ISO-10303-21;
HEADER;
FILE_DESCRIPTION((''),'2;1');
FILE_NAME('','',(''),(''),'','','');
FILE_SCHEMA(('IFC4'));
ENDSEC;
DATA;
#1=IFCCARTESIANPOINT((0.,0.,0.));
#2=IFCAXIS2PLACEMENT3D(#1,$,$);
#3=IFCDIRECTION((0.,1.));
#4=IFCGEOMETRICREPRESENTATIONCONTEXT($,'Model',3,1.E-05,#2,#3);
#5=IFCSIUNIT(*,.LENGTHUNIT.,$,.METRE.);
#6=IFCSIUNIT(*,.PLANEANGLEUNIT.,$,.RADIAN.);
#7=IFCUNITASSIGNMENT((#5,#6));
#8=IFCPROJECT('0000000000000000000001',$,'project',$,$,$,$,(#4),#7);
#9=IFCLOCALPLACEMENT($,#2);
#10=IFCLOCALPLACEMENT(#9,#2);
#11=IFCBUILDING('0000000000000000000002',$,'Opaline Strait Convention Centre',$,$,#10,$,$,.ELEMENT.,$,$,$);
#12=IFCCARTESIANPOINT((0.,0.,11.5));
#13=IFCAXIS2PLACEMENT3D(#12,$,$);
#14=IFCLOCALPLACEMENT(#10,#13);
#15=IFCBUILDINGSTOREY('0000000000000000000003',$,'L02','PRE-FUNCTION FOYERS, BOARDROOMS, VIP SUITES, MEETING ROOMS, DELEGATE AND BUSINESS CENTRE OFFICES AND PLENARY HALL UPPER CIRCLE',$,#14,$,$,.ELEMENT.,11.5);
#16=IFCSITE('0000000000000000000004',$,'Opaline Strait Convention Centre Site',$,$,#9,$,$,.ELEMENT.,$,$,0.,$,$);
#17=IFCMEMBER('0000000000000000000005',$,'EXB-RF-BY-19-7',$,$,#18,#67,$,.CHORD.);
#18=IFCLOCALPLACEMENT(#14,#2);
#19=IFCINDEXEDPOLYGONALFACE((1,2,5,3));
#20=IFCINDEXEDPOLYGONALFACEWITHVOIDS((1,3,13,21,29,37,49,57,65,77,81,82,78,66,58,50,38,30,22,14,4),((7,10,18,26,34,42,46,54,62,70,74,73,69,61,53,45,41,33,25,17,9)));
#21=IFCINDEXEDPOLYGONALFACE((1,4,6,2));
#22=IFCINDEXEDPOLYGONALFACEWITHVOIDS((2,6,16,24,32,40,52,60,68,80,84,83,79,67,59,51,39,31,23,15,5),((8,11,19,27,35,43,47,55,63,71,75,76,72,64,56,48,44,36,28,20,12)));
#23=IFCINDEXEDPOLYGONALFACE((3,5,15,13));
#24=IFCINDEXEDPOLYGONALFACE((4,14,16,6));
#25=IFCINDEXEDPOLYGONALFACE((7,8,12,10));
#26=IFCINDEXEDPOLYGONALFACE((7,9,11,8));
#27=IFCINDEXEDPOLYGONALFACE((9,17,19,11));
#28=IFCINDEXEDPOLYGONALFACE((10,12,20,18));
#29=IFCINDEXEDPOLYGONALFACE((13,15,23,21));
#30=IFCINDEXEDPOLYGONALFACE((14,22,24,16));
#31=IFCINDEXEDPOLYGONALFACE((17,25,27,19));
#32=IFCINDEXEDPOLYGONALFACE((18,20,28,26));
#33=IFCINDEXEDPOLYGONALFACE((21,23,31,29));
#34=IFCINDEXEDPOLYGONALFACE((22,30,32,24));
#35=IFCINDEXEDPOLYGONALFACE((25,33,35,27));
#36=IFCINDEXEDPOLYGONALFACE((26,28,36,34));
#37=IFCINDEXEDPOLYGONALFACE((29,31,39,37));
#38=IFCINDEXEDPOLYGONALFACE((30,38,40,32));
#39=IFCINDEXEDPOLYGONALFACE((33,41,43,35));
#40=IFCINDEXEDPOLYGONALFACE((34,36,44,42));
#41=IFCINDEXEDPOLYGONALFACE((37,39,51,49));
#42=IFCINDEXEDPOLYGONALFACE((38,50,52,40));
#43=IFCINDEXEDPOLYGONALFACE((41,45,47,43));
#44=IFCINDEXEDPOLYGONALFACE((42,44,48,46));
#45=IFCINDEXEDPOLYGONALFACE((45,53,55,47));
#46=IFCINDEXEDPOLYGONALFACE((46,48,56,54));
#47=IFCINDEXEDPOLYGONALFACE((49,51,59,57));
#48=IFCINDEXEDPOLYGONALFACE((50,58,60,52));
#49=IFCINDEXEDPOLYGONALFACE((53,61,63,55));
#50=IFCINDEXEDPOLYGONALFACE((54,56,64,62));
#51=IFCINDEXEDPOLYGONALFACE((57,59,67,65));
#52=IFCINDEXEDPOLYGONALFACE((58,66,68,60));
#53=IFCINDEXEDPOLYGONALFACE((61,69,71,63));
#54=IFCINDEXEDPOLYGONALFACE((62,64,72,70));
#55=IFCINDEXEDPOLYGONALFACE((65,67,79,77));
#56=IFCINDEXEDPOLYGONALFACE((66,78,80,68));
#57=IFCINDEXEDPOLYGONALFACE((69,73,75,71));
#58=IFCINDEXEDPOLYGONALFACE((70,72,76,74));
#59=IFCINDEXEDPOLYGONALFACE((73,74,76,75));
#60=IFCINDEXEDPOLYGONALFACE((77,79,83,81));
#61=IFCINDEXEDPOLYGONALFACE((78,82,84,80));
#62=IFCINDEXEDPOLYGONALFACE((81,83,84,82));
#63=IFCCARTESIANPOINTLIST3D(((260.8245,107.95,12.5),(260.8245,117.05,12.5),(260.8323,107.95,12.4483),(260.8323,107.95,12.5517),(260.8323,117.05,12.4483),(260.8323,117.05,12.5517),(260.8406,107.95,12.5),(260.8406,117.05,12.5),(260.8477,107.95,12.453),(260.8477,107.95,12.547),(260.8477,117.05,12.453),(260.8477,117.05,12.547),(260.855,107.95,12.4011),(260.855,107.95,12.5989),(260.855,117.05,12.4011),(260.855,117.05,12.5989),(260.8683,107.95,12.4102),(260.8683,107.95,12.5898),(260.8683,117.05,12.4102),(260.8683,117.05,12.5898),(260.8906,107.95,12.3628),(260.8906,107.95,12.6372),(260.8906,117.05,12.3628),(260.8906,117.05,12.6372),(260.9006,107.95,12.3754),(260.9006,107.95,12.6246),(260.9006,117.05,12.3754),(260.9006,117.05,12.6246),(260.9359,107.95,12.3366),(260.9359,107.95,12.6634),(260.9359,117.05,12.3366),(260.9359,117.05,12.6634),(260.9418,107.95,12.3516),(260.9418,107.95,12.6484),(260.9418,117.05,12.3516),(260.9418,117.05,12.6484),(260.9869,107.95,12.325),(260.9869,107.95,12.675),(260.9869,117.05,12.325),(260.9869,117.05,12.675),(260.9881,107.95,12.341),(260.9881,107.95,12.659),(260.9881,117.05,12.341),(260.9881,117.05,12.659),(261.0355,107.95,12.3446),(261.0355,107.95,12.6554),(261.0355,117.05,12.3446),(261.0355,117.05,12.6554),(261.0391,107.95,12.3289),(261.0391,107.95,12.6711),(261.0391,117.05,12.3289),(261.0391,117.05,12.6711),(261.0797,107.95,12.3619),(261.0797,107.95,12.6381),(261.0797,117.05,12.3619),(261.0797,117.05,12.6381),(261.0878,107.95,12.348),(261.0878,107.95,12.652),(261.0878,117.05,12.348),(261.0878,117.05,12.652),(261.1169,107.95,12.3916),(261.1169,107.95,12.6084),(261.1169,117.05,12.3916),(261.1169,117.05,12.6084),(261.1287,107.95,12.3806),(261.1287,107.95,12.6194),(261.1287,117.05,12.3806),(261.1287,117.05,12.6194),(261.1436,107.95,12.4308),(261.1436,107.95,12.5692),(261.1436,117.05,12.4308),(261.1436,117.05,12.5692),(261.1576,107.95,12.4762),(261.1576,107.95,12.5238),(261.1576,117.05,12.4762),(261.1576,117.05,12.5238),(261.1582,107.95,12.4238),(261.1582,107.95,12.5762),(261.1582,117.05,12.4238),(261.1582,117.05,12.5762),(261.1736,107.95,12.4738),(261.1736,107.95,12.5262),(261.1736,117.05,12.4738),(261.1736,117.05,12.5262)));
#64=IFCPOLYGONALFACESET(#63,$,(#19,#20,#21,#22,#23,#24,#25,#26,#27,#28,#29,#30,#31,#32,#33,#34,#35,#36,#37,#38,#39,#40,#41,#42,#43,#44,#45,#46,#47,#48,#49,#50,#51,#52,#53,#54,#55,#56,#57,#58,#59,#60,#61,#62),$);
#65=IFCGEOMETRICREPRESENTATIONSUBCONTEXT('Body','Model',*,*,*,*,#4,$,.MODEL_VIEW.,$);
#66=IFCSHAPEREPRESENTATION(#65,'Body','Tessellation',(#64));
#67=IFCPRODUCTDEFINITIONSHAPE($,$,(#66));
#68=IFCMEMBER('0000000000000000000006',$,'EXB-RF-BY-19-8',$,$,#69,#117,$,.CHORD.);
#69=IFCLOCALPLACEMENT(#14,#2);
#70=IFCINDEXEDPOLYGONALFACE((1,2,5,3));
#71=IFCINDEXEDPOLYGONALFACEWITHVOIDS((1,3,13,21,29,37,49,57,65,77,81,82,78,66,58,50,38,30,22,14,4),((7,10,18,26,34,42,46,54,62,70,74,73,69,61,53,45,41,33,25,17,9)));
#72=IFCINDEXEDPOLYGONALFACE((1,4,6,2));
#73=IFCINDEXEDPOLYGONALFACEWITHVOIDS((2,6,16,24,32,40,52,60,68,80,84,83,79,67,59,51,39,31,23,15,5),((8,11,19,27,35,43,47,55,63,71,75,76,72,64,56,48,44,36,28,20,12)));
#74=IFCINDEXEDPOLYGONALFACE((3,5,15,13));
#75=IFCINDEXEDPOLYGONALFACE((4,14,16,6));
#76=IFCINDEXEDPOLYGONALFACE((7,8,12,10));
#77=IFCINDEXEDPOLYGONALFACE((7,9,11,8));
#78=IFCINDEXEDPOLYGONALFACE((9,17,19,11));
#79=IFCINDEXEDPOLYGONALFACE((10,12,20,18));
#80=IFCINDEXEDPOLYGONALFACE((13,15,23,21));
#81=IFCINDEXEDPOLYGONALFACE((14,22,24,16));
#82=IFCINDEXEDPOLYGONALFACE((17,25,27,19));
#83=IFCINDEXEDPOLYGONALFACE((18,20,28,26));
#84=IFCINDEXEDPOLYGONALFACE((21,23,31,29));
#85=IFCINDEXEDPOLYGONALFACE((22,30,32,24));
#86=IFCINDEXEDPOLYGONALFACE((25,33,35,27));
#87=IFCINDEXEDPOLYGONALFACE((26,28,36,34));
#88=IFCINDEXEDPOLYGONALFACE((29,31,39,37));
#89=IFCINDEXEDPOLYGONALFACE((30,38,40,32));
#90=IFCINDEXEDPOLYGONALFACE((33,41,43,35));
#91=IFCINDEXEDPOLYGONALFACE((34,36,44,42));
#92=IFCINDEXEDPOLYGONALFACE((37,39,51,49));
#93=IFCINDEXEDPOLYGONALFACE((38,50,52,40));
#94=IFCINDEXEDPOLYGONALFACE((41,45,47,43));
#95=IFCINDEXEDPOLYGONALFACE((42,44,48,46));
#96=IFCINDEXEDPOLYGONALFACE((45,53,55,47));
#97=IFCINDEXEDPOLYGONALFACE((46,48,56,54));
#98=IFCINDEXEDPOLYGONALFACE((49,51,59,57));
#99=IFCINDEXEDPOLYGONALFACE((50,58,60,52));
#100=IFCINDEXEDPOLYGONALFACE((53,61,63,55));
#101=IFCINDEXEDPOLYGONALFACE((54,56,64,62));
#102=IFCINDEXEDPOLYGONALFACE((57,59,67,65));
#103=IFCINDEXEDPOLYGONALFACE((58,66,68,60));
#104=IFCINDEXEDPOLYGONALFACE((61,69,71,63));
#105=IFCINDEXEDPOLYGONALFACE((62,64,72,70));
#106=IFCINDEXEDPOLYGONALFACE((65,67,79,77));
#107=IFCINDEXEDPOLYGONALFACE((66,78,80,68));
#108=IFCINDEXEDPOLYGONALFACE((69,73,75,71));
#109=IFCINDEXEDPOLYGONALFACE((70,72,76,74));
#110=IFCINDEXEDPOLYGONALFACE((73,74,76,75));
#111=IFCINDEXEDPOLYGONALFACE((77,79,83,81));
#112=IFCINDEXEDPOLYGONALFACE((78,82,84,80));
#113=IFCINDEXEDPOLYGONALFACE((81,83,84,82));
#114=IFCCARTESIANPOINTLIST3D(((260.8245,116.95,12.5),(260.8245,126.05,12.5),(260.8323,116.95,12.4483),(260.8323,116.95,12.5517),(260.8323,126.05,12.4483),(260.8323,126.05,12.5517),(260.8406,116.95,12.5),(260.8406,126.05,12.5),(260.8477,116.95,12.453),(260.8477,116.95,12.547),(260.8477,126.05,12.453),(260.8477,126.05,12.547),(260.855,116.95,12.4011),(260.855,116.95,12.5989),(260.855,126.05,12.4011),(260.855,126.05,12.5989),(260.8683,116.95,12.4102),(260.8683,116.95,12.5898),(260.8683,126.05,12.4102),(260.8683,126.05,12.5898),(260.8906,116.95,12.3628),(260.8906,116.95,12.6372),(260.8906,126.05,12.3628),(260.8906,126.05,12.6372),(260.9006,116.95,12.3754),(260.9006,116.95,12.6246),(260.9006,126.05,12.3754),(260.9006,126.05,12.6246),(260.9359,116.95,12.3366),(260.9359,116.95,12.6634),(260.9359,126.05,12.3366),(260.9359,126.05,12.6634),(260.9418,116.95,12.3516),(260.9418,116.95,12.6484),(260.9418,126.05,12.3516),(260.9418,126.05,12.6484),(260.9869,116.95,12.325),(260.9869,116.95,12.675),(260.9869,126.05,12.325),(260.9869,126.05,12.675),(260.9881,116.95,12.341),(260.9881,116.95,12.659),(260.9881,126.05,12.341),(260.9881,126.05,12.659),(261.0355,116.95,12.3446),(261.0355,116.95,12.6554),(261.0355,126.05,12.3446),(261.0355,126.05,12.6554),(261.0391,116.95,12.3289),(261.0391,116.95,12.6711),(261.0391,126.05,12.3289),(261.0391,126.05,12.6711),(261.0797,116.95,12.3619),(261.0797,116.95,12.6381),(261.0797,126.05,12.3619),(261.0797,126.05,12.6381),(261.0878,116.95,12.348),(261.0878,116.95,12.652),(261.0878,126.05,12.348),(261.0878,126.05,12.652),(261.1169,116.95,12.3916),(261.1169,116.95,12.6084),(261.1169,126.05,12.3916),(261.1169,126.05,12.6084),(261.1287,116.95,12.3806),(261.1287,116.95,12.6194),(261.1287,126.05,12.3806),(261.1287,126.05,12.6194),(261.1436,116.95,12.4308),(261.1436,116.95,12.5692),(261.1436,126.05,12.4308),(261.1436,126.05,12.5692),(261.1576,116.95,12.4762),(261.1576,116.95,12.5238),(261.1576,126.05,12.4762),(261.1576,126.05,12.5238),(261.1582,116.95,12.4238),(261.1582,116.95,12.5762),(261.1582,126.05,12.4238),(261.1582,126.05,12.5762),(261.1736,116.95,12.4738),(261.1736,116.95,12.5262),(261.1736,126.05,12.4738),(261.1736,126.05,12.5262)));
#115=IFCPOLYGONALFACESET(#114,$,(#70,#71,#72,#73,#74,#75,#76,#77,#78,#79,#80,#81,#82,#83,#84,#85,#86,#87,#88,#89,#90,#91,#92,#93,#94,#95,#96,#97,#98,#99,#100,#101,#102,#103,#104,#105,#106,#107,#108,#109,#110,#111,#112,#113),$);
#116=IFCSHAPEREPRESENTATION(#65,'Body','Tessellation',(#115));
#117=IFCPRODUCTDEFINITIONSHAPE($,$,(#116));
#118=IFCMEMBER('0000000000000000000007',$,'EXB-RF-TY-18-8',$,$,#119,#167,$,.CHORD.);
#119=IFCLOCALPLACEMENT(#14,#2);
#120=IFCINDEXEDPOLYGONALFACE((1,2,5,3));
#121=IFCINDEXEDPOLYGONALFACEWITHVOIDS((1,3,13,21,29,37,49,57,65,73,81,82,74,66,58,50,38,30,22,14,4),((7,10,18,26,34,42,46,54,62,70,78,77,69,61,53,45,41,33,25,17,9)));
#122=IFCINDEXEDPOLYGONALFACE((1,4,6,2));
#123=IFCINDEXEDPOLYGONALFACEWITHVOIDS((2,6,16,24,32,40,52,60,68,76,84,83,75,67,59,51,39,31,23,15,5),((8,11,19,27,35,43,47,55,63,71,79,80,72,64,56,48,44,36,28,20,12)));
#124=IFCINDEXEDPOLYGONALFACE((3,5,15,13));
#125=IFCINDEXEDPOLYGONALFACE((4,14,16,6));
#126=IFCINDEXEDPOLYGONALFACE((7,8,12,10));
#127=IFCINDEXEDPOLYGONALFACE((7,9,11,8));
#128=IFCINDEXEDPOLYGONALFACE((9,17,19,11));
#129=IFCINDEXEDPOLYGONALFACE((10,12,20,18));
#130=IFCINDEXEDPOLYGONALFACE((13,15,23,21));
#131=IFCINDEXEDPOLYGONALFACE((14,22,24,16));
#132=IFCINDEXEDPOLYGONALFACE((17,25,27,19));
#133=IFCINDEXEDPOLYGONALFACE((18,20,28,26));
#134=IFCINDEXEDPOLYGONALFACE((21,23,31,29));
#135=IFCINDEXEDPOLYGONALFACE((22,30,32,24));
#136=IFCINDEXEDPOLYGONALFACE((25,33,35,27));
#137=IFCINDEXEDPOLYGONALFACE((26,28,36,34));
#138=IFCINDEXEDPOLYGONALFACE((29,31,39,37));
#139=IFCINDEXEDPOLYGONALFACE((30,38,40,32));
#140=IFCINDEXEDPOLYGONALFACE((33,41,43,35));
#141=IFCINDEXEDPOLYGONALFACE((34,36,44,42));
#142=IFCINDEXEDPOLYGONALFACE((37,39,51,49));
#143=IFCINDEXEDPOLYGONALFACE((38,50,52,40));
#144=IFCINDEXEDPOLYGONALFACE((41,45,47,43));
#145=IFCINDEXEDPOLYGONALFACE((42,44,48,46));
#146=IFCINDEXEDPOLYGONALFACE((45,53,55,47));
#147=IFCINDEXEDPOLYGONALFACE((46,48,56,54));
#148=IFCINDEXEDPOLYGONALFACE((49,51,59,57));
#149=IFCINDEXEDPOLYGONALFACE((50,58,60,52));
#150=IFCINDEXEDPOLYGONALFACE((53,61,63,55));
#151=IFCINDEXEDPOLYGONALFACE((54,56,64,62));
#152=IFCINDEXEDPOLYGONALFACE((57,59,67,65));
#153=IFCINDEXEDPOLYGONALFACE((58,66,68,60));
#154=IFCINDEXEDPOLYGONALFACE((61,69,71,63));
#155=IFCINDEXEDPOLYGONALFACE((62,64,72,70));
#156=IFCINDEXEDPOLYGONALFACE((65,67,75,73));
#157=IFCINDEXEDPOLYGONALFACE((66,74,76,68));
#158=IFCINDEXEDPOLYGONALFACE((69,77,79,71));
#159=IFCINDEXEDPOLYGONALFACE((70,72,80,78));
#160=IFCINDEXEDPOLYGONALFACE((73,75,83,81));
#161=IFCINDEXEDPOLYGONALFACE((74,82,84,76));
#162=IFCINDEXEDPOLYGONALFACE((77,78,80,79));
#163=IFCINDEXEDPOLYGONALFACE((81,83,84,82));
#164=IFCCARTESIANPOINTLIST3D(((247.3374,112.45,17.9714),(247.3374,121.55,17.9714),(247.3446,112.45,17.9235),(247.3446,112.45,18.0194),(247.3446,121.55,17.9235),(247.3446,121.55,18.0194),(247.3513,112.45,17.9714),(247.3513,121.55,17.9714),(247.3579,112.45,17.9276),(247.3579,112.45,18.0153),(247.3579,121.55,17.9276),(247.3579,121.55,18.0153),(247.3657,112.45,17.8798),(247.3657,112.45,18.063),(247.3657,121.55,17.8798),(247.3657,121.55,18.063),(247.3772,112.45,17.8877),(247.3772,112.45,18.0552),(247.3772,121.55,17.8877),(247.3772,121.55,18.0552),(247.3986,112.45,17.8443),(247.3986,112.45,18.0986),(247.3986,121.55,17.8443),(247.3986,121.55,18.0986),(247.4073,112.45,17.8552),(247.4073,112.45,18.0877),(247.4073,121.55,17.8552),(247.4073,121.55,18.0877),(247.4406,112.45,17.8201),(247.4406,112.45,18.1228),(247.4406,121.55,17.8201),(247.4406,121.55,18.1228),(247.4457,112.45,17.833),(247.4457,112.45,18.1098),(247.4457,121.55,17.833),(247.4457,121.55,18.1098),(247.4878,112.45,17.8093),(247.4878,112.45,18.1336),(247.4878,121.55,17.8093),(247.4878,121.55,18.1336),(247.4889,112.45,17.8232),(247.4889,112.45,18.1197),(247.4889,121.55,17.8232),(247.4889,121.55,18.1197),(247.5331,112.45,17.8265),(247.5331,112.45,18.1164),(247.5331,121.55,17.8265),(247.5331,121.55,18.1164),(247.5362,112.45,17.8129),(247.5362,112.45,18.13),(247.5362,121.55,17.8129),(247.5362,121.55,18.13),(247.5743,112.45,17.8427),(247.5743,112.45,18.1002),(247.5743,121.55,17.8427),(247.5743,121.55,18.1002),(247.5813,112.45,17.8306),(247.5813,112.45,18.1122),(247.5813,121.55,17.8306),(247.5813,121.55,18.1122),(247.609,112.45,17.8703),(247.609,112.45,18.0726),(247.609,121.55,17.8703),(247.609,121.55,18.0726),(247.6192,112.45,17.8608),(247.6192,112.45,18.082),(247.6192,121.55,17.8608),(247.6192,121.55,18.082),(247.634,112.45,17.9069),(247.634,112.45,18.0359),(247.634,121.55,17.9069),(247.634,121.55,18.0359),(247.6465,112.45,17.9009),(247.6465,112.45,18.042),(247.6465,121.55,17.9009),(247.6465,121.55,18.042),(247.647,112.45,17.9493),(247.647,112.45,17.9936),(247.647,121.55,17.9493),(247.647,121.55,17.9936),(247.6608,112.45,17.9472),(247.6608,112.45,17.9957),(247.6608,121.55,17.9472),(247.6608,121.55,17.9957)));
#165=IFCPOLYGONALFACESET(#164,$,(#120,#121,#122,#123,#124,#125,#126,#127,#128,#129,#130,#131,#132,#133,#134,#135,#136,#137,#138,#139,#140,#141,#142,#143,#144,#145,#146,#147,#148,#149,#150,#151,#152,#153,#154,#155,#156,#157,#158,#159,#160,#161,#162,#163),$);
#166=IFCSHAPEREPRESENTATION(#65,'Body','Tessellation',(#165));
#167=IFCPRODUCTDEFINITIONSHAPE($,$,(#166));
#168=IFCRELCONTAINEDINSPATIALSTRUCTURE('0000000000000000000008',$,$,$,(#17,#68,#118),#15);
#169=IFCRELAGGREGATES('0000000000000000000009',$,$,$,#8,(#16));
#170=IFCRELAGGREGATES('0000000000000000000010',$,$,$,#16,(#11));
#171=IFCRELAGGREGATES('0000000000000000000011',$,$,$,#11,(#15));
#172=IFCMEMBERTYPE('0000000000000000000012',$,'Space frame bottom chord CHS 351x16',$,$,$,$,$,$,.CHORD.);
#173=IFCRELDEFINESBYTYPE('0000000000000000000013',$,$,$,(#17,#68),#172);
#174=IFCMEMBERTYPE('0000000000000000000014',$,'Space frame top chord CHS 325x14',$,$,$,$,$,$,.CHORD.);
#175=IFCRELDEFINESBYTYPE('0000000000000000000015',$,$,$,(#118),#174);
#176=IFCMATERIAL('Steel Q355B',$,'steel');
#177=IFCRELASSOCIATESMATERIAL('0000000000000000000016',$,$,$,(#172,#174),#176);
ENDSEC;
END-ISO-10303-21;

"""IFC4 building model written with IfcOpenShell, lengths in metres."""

from ifc_helpers import new_model, si_unit, direction, frame, origin, origin_2d, place, context, subcontext, project, spatial, hollow_circle, extrude, material, material_profile, profile_set, type_object, element, save


model = new_model("IFC4")

# Units and contexts
model_context = context("Model", 3, precision=1e-05, world=origin(), true_north=direction((0.0, 1.0)))
body_context = subcontext(model_context, "Body", "Model", "MODEL_VIEW")
ifc_project = project(units=[si_unit("LENGTHUNIT", "METRE"), si_unit("PLANEANGLEUNIT", "RADIAN")], contexts=[model_context])

# Site, building, storey
site_placement = place(None, origin())
site = spatial("IfcSite", under=ifc_project, at=site_placement, Name="Opaline Strait Convention Centre Site", CompositionType="ELEMENT", RefElevation=0.0)
building_placement = place(site_placement, origin())
building = spatial("IfcBuilding", under=site, at=building_placement, Name="Opaline Strait Convention Centre", CompositionType="ELEMENT")
storey_placement = place(building_placement, frame((0.0, 0.0, 11.5)))
storey = spatial("IfcBuildingStorey", under=building, at=storey_placement, Name="L02", Description="PRE-FUNCTION FOYERS, BOARDROOMS, VIP SUITES, MEETING ROOMS, DELEGATE AND BUSINESS CENTRE OFFICES AND PLENARY HALL UPPER CIRCLE", CompositionType="ELEMENT", Elevation=11.5)

# Shared definitions
ifc_material_1 = material(Name="Steel Q355B", Category="steel")

# Members
ifc_material_profile_1 = material_profile(ifc_material_1, hollow_circle(Radius=0.1755, WallThickness=0.0161, at=origin_2d()), Name="CHS 351x16")
ifc_profile_set_1 = profile_set([ifc_material_profile_1], Name="Steel Q355B")
member_type_1 = type_object("IfcMemberType", Name="Space frame bottom chord CHS 351x16", PredefinedType="CHORD", material=ifc_profile_set_1)
for number, where, z_axis, x_axis, name in (
    (1, (261.0, 107.95, 12.5), (0.0, 1.0, 0.0), (-1.0, 0.0, 0.0), "EXB-RF-BY-19-7"),
    (2, (261.0, 116.95, 12.5), (0.0, 1.0, 0.0), (-1.0, 0.0, 0.0), "EXB-RF-BY-19-8"),
):
    element("IfcMember", number, at=place(storey_placement, frame(where, z_axis=z_axis, x_axis=x_axis)), inside=storey, type_object=member_type_1, Name=name, PredefinedType="CHORD", context=body_context, shape_type="SweptSolid", body=[
        extrude(hollow_circle(Radius=0.1755, WallThickness=0.0161, at=origin_2d()), origin(), (0.0, 0.0, 1.0), 9.1001),
    ])
ifc_material_profile_2 = material_profile(ifc_material_1, hollow_circle(Radius=0.1626, WallThickness=0.0139, at=origin_2d()), Name="CHS 325x14")
ifc_profile_set_2 = profile_set([ifc_material_profile_2], Name="Steel Q355B")
member_type_2 = type_object("IfcMemberType", Name="Space frame top chord CHS 325x14", PredefinedType="CHORD", material=ifc_profile_set_2)
member_1_placement = place(storey_placement, frame((247.5, 112.45, 17.9714), z_axis=(0.0, 1.0, 0.0), x_axis=(-1.0, 0.0, 0.0)))
element("IfcMember", 3, at=member_1_placement, inside=storey, type_object=member_type_2, Name="EXB-RF-TY-18-8", PredefinedType="CHORD", context=body_context, shape_type="SweptSolid", body=[
    extrude(hollow_circle(Radius=0.1626, WallThickness=0.0139, at=origin_2d()), origin(), (0.0, 0.0, 1.0), 9.1001),
])

save(model, "model.ifc")
